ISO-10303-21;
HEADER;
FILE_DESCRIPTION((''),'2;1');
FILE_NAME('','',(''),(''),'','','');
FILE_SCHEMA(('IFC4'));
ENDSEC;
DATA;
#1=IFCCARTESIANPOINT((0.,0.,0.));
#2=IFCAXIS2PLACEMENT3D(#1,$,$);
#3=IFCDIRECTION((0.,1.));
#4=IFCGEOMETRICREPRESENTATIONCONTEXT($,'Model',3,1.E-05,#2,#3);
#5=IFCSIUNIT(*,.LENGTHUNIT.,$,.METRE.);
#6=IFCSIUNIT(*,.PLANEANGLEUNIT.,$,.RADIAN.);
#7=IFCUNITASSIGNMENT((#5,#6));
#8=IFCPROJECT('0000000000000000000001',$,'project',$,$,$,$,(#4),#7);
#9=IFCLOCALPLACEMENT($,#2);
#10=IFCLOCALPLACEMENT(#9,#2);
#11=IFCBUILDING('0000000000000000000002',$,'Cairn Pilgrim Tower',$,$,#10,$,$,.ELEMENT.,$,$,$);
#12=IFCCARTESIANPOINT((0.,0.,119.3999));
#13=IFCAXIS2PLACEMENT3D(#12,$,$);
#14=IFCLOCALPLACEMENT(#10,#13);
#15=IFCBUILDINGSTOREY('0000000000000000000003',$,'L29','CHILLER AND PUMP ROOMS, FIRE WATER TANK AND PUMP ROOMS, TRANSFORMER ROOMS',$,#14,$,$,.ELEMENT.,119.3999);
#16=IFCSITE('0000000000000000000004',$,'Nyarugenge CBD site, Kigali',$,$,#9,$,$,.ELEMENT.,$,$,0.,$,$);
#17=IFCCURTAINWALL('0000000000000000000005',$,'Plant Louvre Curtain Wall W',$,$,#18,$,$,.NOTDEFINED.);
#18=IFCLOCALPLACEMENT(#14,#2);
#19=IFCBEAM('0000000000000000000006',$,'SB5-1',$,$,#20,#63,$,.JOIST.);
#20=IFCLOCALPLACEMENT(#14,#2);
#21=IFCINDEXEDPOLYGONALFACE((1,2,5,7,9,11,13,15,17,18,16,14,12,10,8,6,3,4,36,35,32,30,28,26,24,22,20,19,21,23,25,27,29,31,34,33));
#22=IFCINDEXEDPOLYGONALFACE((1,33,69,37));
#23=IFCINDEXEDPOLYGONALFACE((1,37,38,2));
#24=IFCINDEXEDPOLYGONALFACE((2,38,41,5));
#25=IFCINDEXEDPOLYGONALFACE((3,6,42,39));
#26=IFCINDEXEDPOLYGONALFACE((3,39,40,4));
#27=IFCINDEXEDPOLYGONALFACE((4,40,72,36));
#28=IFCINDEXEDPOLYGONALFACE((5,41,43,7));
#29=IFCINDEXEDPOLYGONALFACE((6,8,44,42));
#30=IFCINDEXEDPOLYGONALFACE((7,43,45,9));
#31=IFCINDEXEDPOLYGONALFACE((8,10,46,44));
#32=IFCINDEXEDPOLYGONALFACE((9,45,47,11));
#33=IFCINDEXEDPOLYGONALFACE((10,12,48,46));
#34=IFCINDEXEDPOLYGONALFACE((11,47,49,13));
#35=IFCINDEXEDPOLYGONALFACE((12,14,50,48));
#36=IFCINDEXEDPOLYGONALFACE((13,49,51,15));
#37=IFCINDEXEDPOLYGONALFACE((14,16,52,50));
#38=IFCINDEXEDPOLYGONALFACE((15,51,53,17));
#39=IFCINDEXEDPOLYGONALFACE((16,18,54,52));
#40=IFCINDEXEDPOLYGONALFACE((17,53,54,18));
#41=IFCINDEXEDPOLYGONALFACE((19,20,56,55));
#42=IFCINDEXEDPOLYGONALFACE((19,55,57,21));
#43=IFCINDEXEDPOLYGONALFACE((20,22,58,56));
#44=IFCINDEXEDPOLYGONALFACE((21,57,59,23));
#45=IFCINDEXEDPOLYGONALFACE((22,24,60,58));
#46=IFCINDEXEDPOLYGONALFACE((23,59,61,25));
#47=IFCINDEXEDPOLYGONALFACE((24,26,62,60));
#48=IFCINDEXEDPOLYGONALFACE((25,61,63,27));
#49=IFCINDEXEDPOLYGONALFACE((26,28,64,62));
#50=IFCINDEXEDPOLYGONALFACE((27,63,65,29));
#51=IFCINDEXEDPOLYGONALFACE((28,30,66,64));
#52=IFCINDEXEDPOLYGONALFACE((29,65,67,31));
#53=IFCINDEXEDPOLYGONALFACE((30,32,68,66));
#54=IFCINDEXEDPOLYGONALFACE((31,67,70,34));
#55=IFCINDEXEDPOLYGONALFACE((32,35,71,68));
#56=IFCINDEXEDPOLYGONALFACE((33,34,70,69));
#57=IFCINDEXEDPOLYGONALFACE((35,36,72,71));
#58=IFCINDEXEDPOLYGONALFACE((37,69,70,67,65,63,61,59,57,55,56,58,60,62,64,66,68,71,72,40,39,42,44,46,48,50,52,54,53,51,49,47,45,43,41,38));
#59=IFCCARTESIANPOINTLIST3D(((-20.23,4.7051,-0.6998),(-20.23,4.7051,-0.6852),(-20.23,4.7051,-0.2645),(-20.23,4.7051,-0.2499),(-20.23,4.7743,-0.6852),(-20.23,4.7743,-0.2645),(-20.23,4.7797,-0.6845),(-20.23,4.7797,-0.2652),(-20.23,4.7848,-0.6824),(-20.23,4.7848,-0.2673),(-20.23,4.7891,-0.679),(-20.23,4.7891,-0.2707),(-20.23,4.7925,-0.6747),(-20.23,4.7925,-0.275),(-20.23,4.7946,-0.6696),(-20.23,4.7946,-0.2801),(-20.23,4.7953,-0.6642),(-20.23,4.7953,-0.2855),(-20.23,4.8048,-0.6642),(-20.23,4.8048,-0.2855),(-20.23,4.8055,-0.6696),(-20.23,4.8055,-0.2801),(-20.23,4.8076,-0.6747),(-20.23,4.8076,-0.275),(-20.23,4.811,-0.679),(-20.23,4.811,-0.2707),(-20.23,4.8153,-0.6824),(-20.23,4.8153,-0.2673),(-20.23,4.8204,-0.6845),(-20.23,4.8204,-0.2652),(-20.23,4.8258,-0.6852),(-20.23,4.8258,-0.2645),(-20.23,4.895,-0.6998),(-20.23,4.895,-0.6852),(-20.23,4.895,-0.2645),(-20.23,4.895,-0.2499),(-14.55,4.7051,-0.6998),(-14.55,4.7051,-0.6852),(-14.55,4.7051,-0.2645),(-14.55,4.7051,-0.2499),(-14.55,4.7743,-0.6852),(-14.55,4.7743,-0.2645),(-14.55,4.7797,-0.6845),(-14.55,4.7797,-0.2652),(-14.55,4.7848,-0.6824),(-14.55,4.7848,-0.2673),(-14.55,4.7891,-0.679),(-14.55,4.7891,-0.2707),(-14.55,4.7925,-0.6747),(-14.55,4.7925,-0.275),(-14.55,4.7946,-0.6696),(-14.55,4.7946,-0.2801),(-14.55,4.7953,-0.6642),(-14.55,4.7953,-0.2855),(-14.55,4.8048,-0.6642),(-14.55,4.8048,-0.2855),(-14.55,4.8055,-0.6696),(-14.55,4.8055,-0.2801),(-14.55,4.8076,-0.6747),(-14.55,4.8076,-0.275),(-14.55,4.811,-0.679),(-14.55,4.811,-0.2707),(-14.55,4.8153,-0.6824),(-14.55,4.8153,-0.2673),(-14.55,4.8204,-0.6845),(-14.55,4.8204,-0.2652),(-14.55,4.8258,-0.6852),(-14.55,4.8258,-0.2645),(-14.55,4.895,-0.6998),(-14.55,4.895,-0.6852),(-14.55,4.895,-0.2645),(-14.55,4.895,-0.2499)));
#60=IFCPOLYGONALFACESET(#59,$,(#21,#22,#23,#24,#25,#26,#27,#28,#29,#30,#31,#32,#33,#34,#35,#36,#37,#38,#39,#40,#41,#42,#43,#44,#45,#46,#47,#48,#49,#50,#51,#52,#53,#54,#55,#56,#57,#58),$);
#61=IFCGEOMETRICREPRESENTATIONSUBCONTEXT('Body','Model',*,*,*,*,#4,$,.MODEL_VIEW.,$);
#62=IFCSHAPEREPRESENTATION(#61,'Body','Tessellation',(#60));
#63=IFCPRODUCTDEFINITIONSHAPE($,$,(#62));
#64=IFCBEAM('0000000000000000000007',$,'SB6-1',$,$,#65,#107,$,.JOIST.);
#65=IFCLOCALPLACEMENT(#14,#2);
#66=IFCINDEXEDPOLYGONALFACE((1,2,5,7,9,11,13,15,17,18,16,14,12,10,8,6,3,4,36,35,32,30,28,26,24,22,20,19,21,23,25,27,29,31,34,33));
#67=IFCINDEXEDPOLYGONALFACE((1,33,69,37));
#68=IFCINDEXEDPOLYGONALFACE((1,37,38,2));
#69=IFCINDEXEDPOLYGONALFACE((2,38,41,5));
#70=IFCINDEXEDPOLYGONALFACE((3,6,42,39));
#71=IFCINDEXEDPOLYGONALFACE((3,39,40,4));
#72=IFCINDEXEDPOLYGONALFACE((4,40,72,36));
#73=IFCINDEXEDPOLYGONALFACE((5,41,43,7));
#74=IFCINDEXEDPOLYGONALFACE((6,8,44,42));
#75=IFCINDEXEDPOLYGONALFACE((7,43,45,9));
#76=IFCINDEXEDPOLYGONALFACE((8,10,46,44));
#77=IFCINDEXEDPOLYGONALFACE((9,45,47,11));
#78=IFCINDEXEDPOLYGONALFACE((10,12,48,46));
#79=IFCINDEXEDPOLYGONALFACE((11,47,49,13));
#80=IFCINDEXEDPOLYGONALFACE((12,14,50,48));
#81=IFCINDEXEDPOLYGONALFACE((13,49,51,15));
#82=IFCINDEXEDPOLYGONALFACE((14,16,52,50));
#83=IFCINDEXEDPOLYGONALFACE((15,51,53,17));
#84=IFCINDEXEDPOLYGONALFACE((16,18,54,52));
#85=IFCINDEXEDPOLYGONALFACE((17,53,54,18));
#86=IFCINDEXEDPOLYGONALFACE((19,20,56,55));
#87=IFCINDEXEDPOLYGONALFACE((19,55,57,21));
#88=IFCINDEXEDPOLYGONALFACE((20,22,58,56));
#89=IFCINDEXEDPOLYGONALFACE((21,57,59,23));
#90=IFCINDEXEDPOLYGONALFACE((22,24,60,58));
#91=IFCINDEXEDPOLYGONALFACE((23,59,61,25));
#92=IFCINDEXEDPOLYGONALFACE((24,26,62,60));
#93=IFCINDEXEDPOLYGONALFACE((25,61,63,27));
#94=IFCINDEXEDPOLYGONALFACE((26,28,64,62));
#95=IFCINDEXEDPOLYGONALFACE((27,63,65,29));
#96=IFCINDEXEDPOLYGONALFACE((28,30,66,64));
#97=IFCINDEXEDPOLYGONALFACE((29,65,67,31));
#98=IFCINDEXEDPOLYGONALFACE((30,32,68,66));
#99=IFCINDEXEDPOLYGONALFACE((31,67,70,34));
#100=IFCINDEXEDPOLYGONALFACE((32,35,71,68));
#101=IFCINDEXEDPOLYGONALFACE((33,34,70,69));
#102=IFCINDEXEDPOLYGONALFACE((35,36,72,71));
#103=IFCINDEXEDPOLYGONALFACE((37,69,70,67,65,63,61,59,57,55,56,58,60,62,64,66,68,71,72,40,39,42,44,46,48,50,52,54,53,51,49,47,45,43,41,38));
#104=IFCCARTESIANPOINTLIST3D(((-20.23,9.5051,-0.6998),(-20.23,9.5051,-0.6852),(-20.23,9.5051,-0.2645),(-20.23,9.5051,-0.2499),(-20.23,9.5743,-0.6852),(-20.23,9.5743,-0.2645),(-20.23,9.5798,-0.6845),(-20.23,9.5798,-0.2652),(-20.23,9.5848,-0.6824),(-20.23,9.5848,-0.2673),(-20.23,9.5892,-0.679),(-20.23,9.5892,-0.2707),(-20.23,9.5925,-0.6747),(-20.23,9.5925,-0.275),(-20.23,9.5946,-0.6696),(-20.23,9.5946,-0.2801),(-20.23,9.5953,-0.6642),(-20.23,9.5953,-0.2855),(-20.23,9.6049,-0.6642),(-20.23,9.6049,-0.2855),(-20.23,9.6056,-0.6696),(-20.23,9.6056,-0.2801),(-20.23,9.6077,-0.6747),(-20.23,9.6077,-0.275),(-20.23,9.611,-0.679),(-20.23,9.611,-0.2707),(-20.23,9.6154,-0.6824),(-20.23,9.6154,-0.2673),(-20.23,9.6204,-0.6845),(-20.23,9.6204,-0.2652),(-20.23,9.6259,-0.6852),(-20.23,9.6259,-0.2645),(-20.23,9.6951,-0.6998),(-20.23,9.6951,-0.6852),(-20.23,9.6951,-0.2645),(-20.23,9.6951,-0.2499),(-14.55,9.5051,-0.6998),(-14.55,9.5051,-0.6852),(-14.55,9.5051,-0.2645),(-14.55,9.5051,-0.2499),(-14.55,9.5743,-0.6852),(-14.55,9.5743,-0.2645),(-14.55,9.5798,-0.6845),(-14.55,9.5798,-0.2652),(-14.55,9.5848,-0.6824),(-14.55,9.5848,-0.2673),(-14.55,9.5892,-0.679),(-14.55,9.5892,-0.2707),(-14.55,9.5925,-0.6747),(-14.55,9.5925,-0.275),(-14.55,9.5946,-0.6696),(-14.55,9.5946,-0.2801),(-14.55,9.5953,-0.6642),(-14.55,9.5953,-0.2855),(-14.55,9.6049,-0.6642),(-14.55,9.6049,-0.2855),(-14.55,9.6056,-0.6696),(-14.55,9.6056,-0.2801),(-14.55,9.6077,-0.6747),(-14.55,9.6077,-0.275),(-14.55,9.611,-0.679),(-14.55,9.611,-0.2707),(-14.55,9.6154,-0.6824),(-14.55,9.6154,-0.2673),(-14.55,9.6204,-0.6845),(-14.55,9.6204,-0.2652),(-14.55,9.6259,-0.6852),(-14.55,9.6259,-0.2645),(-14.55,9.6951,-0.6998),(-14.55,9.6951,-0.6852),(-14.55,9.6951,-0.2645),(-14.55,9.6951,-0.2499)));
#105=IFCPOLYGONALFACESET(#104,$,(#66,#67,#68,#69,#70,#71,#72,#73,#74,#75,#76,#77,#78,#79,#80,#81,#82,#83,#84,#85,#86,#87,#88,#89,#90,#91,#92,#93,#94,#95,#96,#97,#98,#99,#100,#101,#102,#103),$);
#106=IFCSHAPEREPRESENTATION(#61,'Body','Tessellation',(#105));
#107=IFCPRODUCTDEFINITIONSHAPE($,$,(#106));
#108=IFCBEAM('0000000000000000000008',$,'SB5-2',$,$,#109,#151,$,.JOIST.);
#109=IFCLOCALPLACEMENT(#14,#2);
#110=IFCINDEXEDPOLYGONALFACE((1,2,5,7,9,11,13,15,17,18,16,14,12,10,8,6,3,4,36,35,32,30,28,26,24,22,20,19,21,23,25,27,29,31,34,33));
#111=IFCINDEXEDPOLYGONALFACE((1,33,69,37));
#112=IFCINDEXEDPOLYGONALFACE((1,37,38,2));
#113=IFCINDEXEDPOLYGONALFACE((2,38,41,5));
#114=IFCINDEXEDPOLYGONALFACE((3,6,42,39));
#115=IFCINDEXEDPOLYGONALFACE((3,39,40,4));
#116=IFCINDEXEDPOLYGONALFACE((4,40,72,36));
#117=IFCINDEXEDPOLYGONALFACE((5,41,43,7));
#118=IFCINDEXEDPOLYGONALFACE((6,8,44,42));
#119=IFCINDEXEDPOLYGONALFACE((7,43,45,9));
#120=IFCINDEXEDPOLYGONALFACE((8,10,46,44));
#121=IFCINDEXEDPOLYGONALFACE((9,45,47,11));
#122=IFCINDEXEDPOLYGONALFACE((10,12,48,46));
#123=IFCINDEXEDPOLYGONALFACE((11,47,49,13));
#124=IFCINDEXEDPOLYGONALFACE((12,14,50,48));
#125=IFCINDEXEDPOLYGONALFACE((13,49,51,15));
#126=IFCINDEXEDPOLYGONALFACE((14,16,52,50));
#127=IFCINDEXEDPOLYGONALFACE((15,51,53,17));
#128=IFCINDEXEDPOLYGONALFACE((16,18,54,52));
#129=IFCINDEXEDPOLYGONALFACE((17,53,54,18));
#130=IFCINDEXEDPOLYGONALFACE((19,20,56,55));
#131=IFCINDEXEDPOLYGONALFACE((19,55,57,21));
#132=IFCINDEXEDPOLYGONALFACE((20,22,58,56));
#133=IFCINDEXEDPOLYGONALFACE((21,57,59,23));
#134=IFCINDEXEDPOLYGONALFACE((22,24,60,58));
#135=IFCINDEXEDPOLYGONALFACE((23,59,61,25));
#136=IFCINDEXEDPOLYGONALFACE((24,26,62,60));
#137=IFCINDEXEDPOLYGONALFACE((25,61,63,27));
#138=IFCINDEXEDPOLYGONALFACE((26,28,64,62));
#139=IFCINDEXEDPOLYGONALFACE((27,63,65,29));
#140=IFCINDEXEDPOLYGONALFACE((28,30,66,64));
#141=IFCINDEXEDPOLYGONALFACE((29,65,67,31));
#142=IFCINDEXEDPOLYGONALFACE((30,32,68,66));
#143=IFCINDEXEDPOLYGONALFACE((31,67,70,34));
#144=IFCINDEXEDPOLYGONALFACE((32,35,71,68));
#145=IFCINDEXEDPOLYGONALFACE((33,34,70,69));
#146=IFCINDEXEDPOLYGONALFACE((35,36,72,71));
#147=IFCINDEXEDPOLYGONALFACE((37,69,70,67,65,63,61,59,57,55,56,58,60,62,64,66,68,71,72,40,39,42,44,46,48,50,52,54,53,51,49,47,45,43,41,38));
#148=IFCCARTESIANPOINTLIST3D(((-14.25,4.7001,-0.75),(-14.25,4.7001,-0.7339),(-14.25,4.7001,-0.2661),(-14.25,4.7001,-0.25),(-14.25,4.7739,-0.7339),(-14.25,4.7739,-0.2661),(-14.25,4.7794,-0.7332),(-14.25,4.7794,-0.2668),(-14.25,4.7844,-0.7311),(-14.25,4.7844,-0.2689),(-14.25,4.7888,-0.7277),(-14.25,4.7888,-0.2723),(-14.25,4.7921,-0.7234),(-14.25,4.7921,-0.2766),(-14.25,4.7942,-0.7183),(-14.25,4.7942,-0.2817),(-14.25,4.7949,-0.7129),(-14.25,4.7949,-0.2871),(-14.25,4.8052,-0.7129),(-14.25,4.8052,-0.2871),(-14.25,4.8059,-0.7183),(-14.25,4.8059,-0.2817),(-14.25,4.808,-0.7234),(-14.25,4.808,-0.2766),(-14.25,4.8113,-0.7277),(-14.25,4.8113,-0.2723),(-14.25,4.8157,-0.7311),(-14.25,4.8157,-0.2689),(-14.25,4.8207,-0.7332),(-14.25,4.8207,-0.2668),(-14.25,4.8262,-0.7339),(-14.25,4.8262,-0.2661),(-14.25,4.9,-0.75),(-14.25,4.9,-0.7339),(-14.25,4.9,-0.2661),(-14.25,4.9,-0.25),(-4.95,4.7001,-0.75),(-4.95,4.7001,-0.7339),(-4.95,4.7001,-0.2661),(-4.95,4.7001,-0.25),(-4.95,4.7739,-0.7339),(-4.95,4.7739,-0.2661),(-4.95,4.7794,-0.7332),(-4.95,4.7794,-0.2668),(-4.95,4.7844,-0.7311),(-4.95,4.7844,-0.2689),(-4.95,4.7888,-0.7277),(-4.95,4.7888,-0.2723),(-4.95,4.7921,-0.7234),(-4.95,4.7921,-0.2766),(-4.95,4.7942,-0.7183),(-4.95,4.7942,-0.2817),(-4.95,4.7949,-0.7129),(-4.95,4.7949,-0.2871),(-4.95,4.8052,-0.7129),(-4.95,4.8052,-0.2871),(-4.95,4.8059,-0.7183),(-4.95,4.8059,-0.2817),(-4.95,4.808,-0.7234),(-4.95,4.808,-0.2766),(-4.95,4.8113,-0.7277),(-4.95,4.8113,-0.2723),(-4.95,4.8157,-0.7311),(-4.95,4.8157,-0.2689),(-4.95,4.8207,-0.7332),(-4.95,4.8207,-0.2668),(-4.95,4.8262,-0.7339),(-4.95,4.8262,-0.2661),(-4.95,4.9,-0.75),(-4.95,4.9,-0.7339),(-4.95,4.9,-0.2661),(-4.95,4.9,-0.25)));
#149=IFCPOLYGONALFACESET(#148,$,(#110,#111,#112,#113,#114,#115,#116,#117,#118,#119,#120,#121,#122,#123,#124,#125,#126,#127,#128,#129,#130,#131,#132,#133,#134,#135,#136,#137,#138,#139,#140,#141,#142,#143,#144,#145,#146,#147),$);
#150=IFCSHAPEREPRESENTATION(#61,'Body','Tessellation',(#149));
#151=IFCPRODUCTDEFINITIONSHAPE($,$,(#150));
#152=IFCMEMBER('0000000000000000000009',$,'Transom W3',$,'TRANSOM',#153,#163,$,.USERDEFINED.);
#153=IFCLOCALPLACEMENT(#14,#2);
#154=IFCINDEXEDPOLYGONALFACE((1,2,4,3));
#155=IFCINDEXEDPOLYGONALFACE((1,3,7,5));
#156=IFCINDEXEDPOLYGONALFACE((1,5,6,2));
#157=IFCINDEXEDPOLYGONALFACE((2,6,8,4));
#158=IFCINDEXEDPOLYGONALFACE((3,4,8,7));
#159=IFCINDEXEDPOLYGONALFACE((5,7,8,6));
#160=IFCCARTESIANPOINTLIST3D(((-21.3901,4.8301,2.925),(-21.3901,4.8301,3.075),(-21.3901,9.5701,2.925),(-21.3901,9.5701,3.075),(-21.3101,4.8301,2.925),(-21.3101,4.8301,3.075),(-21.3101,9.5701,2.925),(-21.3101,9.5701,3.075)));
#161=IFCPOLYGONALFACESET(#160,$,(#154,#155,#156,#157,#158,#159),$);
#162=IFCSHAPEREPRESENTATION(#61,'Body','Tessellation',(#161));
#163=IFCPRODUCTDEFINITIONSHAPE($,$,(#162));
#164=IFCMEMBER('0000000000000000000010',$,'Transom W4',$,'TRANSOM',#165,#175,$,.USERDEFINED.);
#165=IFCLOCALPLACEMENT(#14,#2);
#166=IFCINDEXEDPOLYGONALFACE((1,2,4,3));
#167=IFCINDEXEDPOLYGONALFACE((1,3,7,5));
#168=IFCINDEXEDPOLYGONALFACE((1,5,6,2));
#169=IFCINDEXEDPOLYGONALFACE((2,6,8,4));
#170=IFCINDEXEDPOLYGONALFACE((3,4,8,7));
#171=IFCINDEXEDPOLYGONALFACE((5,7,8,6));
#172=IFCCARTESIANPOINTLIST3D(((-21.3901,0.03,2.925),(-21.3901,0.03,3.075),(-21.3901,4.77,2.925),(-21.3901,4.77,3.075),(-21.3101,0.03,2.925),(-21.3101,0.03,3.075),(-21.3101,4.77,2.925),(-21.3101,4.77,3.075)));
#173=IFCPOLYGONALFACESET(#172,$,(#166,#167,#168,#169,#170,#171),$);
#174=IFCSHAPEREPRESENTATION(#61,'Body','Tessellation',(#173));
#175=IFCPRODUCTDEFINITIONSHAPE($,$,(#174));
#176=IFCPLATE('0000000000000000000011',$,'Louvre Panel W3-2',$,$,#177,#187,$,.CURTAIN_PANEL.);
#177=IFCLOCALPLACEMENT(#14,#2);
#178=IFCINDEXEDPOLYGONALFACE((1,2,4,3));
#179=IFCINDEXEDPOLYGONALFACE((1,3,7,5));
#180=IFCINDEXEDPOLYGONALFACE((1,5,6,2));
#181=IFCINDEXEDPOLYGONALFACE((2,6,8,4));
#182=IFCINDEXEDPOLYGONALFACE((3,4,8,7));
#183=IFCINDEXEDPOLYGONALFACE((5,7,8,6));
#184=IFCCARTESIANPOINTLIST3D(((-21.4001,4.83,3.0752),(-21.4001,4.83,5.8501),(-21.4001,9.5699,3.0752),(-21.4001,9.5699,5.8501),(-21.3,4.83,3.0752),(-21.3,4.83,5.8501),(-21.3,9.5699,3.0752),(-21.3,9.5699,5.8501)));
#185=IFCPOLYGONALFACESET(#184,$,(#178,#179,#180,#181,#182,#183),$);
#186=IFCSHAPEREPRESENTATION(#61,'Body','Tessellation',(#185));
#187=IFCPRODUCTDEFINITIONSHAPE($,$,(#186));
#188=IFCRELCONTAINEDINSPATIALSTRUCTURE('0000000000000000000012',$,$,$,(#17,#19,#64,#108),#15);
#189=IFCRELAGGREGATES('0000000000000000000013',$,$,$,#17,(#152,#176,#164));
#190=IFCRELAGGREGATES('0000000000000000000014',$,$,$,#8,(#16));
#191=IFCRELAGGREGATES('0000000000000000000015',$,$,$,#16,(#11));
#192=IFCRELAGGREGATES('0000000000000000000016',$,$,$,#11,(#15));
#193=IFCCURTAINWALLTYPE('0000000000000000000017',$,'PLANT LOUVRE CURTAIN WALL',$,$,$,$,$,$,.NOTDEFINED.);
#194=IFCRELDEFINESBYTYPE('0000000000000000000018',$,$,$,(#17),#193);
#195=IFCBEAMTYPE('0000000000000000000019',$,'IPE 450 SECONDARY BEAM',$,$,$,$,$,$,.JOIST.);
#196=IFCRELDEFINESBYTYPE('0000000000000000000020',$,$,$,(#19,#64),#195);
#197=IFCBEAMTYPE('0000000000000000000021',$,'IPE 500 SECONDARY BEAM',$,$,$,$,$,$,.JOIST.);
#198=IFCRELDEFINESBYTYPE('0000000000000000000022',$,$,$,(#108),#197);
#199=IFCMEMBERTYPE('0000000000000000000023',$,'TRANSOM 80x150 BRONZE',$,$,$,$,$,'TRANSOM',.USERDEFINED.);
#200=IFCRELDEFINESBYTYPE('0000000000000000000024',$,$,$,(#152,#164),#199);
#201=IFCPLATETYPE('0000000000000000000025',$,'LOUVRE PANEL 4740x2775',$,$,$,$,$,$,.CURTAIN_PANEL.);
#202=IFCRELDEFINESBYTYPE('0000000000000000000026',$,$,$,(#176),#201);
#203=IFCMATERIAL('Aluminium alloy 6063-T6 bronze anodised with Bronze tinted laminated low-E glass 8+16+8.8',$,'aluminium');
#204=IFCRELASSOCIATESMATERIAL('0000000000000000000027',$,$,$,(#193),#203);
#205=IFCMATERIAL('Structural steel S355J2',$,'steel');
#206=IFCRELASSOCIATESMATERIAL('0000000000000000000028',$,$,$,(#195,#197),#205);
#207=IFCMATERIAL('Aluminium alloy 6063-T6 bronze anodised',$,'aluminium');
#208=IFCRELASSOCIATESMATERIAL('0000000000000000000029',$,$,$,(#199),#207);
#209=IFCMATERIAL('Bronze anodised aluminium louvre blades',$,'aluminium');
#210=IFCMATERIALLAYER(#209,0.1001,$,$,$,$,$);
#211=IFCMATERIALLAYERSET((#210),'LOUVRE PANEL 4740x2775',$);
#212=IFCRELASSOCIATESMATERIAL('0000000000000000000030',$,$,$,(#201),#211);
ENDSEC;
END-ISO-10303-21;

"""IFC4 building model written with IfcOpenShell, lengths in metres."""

from ifc_helpers import new_model, si_unit, direction, frame, origin, origin_2d, place, context, subcontext, project, spatial, rectangle, i_section, extrude, material, layer, layer_set, material_profile, profile_set, type_object, element, aggregate, save


model = new_model("IFC4")

# Units and contexts
model_context = context("Model", 3, precision=1e-05, world=origin(), true_north=direction((0.0, 1.0)))
body_context = subcontext(model_context, "Body", "Model", "MODEL_VIEW")
ifc_project = project(units=[si_unit("LENGTHUNIT", "METRE"), si_unit("PLANEANGLEUNIT", "RADIAN")], contexts=[model_context])

# Site, building, storey
site_placement = place(None, origin())
site = spatial("IfcSite", under=ifc_project, at=site_placement, Name="Nyarugenge CBD site, Kigali", CompositionType="ELEMENT", RefElevation=0.0)
building_placement = place(site_placement, origin())
building = spatial("IfcBuilding", under=site, at=building_placement, Name="Cairn Pilgrim Tower", CompositionType="ELEMENT")
storey_placement = place(building_placement, frame((0.0, 0.0, 119.3999)))
storey = spatial("IfcBuildingStorey", under=building, at=storey_placement, Name="L29", Description="CHILLER AND PUMP ROOMS, FIRE WATER TANK AND PUMP ROOMS, TRANSFORMER ROOMS", CompositionType="ELEMENT", Elevation=119.3999)

# Curtain wall
ifc_material_1 = material(Name="Aluminium alloy 6063-T6 bronze anodised with Bronze tinted laminated low-E glass 8+16+8.8", Category="aluminium")
curtain_wall_type = type_object("IfcCurtainWallType", Name="PLANT LOUVRE CURTAIN WALL", PredefinedType="NOTDEFINED", material=ifc_material_1)
curtain_wall_placement = place(storey_placement, origin())
curtain_wall = element("IfcCurtainWall", 1, at=curtain_wall_placement, inside=storey, type_object=curtain_wall_type, Name="Plant Louvre Curtain Wall W", PredefinedType="NOTDEFINED")
ifc_material_2 = material(Name="Aluminium alloy 6063-T6 bronze anodised", Category="aluminium")

# Beams
ifc_material_3 = material(Name="Structural steel S355J2", Category="steel")
ifc_material_profile_1 = material_profile(ifc_material_3, i_section(OverallWidth=0.1899, OverallDepth=0.45, WebThickness=0.0095, FlangeThickness=0.0146, FilletRadius=0.021, at=origin_2d()), Name="IPE 450")
ifc_profile_set_1 = profile_set([ifc_material_profile_1], Name="Structural steel S355J2")
beam_type_1 = type_object("IfcBeamType", Name="IPE 450 SECONDARY BEAM", PredefinedType="JOIST", material=ifc_profile_set_1)
for number, where, z_axis, x_axis, name in (
    (2, (-20.23, 4.8, -0.4749), (1.0, 0.0, 0.0), (0.0, 1.0, 0.0), "SB5-1"),
    (3, (-20.23, 9.6001, -0.4749), (1.0, 0.0, 0.0), (0.0, 1.0, 0.0), "SB6-1"),
):
    element("IfcBeam", number, at=place(storey_placement, frame(where, z_axis=z_axis, x_axis=x_axis)), inside=storey, type_object=beam_type_1, Name=name, PredefinedType="JOIST", context=body_context, shape_type="SweptSolid", body=[
        extrude(i_section(OverallWidth=0.1899, OverallDepth=0.45, WebThickness=0.0095, FlangeThickness=0.0146, FilletRadius=0.021, at=origin_2d()), origin(), (0.0, 0.0, 1.0), 5.6799),
    ])
ifc_material_profile_2 = material_profile(ifc_material_3, i_section(OverallWidth=0.2, OverallDepth=0.5, WebThickness=0.0103, FlangeThickness=0.0161, FilletRadius=0.021, at=origin_2d()), Name="IPE 500")
ifc_profile_set_2 = profile_set([ifc_material_profile_2], Name="Structural steel S355J2")
beam_type_2 = type_object("IfcBeamType", Name="IPE 500 SECONDARY BEAM", PredefinedType="JOIST", material=ifc_profile_set_2)
beam_1_placement = place(storey_placement, frame((-14.25, 4.8, -0.5), z_axis=(1.0, 0.0, 0.0), x_axis=(0.0, 1.0, 0.0)))
element("IfcBeam", 4, at=beam_1_placement, inside=storey, type_object=beam_type_2, Name="SB5-2", PredefinedType="JOIST", context=body_context, shape_type="SweptSolid", body=[
    extrude(i_section(OverallWidth=0.2, OverallDepth=0.5, WebThickness=0.0103, FlangeThickness=0.0161, FilletRadius=0.021, at=origin_2d()), origin(), (0.0, 0.0, 1.0), 9.3),
])

# Members
ifc_material_profile_3 = material_profile(ifc_material_2, rectangle(XDim=0.0801, YDim=0.1499, at=origin_2d()), Name="TRANSOM 80x150 BRONZE")
ifc_profile_set_3 = profile_set([ifc_material_profile_3], Name="Aluminium alloy 6063-T6 bronze anodised")
member_type_1 = type_object("IfcMemberType", Name="TRANSOM 80x150 BRONZE", ElementType="TRANSOM", PredefinedType="USERDEFINED", material=ifc_profile_set_3)
member_1_placement = place(storey_placement, frame((-21.3501, 9.5701, 3.0), z_axis=(0.0, -1.0, 0.0), x_axis=(1.0, 0.0, 0.0)))
member_1 = element("IfcMember", 5, at=member_1_placement, type_object=member_type_1, Name="Transom W3", ObjectType="TRANSOM", PredefinedType="USERDEFINED", context=body_context, shape_type="SweptSolid", body=[
    extrude(rectangle(XDim=0.0801, YDim=0.1499, at=origin_2d()), origin(), (0.0, 0.0, 1.0), 4.74),
])
member_2_placement = place(storey_placement, frame((-21.3501, 4.77, 3.0), z_axis=(0.0, -1.0, 0.0), x_axis=(1.0, 0.0, 0.0)))
member_2 = element("IfcMember", 6, at=member_2_placement, type_object=member_type_1, Name="Transom W4", ObjectType="TRANSOM", PredefinedType="USERDEFINED", context=body_context, shape_type="SweptSolid", body=[
    extrude(rectangle(XDim=0.0801, YDim=0.1499, at=origin_2d()), origin(), (0.0, 0.0, 1.0), 4.74),
])

# Plate
ifc_material_4 = material(Name="Bronze anodised aluminium louvre blades", Category="aluminium")
ifc_layer_1 = layer(ifc_material_4, 0.1001)
ifc_layer_set_1 = layer_set([ifc_layer_1], Name="LOUVRE PANEL 4740x2775")
plate_type_1 = type_object("IfcPlateType", Name="LOUVRE PANEL 4740x2775", PredefinedType="CURTAIN_PANEL", material=ifc_layer_set_1)
plate_1_placement = place(storey_placement, frame((-21.3501, 7.2, 3.0752), z_axis=(0.0, 0.0, 1.0), x_axis=(0.0, -1.0, 0.0)))
plate_1 = element("IfcPlate", 7, at=plate_1_placement, type_object=plate_type_1, Name="Louvre Panel W3-2", PredefinedType="CURTAIN_PANEL", context=body_context, shape_type="SweptSolid", body=[
    extrude(rectangle(XDim=4.74, YDim=0.1001, at=origin_2d()), origin(), (0.0, 0.0, 1.0), 2.7749),
])
aggregate(curtain_wall, [member_1, plate_1, member_2])

save(model, "model.ifc")
